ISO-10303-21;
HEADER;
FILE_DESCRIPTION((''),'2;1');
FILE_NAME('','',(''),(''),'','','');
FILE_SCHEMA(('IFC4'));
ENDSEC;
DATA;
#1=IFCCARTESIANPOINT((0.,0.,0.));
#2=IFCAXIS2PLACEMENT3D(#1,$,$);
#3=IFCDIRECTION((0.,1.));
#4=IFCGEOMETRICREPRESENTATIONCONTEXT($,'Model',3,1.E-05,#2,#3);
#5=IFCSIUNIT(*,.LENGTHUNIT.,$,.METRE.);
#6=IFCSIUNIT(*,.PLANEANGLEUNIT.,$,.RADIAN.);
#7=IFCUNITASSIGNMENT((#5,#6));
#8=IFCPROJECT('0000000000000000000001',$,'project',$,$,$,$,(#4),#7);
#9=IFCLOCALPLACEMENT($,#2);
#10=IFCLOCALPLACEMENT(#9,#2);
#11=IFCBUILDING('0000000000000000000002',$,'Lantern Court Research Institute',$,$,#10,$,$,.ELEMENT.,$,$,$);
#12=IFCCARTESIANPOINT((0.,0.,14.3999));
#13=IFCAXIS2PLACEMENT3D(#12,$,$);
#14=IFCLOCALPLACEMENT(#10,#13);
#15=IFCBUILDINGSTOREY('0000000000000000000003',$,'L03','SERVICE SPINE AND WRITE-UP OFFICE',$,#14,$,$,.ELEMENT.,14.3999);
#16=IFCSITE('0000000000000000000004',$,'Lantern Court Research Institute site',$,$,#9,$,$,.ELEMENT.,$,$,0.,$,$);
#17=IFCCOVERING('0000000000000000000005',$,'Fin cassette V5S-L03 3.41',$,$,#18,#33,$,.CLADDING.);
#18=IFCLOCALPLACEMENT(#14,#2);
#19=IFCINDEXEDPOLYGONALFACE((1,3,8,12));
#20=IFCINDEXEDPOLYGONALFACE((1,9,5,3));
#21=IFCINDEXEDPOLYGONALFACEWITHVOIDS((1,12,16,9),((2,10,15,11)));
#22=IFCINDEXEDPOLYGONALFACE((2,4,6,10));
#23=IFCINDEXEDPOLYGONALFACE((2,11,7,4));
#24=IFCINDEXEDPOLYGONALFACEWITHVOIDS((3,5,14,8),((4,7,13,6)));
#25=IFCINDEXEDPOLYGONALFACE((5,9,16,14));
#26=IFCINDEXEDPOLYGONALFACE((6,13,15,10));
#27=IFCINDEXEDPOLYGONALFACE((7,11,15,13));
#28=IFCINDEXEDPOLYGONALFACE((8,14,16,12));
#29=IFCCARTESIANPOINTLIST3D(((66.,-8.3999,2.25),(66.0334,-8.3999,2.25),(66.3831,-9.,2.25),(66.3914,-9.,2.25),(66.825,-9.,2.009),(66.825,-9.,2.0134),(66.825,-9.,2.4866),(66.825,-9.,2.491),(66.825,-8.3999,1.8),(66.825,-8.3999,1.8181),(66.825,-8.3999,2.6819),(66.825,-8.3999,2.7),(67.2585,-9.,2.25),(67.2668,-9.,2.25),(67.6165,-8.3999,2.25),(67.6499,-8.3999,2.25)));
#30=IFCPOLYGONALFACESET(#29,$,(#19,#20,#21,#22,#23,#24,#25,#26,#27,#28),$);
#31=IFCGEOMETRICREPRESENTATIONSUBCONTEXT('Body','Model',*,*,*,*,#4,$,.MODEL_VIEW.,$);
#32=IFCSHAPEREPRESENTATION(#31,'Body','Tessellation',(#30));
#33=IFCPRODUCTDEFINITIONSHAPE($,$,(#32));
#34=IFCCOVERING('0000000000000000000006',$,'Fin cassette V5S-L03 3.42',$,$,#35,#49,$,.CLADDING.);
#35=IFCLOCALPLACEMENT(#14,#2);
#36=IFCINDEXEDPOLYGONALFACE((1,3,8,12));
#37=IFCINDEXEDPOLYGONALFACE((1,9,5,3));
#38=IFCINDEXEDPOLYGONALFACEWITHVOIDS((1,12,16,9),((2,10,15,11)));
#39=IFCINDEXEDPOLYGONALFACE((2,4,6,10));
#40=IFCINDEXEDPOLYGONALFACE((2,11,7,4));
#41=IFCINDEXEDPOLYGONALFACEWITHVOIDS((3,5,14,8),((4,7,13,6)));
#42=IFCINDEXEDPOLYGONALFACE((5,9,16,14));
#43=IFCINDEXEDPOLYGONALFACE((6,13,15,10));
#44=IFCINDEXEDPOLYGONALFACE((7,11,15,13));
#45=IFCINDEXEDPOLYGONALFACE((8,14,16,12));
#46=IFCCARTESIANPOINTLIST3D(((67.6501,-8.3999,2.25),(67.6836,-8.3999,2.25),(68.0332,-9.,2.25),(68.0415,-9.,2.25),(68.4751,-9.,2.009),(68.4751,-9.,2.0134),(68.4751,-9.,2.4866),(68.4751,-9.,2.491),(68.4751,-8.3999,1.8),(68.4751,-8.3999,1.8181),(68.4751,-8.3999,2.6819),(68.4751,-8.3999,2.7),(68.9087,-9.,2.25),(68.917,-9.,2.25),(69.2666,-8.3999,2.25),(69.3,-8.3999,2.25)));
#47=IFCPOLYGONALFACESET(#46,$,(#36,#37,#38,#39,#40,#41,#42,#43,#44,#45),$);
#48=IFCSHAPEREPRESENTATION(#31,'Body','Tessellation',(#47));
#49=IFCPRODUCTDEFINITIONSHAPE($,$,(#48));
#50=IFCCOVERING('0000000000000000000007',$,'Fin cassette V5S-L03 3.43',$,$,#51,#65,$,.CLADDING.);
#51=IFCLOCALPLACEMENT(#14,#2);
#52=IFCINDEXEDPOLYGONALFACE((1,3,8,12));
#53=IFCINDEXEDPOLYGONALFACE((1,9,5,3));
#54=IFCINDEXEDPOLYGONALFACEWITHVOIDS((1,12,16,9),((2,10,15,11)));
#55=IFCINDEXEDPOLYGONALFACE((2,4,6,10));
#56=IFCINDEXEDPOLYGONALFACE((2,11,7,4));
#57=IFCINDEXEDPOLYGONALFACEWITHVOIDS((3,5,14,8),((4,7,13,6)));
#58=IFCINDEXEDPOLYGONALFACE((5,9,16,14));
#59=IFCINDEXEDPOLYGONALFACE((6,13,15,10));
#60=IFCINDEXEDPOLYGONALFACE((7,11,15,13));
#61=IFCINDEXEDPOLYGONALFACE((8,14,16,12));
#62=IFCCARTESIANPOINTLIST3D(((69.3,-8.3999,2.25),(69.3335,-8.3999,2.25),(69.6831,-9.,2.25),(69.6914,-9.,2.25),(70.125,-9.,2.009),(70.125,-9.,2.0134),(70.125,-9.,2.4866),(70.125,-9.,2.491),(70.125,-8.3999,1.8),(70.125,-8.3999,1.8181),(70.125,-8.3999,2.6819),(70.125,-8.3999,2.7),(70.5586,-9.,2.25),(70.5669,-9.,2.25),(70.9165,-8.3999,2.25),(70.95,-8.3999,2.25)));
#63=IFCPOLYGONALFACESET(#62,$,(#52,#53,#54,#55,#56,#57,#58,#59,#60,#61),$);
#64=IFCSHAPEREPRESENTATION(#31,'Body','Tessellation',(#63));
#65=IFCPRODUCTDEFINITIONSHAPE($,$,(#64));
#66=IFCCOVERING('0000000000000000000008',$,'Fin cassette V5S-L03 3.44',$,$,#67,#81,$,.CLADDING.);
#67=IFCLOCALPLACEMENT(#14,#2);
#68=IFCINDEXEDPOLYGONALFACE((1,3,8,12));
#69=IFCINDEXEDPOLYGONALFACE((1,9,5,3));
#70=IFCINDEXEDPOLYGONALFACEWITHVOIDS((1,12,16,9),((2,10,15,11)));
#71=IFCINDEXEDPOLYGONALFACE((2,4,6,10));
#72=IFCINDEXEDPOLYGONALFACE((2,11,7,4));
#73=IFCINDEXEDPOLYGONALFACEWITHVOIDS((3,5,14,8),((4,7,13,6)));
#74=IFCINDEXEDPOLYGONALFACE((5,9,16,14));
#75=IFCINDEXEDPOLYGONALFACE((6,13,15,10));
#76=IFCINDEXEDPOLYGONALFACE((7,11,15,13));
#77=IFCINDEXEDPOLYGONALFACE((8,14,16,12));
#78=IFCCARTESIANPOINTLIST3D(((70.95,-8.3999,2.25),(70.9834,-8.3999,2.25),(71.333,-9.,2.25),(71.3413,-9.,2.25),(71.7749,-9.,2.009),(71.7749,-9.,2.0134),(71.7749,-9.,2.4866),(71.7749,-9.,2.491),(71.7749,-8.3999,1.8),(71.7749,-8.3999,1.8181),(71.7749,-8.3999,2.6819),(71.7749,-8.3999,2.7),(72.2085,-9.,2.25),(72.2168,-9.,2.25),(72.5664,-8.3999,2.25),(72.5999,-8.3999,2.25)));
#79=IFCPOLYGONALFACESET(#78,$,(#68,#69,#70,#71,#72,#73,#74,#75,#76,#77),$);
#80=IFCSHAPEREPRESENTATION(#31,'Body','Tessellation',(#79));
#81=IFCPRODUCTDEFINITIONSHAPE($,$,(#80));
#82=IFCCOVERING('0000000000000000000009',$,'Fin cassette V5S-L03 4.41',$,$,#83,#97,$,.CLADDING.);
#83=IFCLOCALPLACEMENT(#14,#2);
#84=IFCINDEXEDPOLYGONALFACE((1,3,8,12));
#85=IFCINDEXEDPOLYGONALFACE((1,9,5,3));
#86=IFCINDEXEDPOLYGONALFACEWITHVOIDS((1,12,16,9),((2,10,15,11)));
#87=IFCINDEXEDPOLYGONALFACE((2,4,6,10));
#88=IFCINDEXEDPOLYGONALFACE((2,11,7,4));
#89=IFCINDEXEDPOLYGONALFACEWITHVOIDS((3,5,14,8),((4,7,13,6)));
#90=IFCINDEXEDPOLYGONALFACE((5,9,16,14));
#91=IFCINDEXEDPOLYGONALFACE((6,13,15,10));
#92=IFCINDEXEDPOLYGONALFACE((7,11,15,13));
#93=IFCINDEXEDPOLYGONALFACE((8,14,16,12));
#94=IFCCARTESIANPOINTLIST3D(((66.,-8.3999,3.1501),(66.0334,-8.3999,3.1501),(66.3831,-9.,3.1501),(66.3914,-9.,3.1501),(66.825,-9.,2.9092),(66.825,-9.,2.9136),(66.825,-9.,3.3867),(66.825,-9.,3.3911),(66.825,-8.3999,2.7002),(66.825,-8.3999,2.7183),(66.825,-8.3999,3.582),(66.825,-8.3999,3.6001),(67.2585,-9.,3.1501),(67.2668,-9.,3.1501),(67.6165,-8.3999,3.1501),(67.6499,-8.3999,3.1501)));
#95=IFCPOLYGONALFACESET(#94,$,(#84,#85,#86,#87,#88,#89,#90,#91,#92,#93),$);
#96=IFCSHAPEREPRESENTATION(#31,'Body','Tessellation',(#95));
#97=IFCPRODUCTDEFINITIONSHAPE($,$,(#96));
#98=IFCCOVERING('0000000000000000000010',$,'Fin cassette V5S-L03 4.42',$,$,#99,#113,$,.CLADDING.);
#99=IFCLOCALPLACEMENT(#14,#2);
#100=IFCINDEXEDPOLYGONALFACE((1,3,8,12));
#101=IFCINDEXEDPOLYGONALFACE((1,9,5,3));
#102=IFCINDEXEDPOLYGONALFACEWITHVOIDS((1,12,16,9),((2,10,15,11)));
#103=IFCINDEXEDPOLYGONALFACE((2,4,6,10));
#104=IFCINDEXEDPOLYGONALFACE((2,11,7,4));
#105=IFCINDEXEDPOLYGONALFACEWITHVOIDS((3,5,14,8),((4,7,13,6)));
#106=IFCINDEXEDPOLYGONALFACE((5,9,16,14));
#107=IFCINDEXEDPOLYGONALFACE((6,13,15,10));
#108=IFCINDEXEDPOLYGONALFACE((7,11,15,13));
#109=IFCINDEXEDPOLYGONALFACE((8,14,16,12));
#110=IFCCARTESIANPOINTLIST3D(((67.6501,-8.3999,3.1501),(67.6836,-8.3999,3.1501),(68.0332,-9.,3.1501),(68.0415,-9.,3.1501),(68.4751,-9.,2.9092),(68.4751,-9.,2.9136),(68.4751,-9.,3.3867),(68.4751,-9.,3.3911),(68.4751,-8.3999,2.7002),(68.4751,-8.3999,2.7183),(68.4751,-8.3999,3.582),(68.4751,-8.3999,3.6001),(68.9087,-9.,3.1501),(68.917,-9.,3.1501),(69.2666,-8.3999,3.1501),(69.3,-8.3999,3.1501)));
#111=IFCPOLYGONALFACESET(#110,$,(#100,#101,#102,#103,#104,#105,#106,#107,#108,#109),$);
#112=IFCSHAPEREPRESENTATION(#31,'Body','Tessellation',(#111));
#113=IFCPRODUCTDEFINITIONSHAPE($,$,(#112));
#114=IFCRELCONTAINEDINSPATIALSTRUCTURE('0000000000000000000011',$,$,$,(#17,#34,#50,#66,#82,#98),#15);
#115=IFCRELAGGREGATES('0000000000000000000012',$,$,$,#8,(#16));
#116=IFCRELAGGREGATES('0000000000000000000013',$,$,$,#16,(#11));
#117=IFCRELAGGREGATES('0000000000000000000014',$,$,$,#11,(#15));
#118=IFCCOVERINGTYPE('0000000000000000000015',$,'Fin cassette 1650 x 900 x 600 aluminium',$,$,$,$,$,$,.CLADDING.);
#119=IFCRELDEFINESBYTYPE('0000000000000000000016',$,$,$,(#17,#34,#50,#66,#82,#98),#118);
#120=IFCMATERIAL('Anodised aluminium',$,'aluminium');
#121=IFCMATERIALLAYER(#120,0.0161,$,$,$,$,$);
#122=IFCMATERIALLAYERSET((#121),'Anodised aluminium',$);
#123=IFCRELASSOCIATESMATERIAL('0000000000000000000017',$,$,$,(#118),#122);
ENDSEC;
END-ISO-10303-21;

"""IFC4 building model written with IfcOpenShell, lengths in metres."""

from ifc_helpers import new_model, entity, si_unit, direction, frame, origin, place, context, subcontext, project, spatial, material, layer, layer_set, type_object, element, save


model = new_model("IFC4")

# Units and contexts
model_context = context("Model", 3, precision=1e-05, world=origin(), true_north=direction((0.0, 1.0)))
body_context = subcontext(model_context, "Body", "Model", "MODEL_VIEW")
ifc_project = project(units=[si_unit("LENGTHUNIT", "METRE"), si_unit("PLANEANGLEUNIT", "RADIAN")], contexts=[model_context])

# Site, building, storey
site_placement = place(None, origin())
site = spatial("IfcSite", under=ifc_project, at=site_placement, Name="Lantern Court Research Institute site", CompositionType="ELEMENT", RefElevation=0.0)
building_placement = place(site_placement, origin())
building = spatial("IfcBuilding", under=site, at=building_placement, Name="Lantern Court Research Institute", CompositionType="ELEMENT")
storey_placement = place(building_placement, frame((0.0, 0.0, 14.3999)))
storey = spatial("IfcBuildingStorey", under=building, at=storey_placement, Name="L03", Description="SERVICE SPINE AND WRITE-UP OFFICE", CompositionType="ELEMENT", Elevation=14.3999)

# Coverings
ifc_material_1 = material(Name="Anodised aluminium", Category="aluminium")
ifc_layer_1 = layer(ifc_material_1, 0.0161)
ifc_layer_set_1 = layer_set([ifc_layer_1], Name="Anodised aluminium")
covering_type = type_object("IfcCoveringType", Name="Fin cassette 1650 x 900 x 600 aluminium", PredefinedType="CLADDING", material=ifc_layer_set_1)
covering_1_placement = place(storey_placement, frame((66.825, -8.3999, 2.25), z_axis=(0.0, -1.0, 0.0), x_axis=(1.0, 0.0, 0.0)))
cartesian_point_1 = entity("IfcCartesianPoint", [0.825, 0.0])
cartesian_point_2 = entity("IfcCartesianPoint", [0.7915, 0.0])
cartesian_point_3 = entity("IfcCartesianPoint", [0.4419, 0.0])
cartesian_point_4 = entity("IfcCartesianPoint", [0.4336, 0.0])
element("IfcCovering", 1, at=covering_1_placement, inside=storey, type_object=covering_type, Name="Fin cassette V5S-L03 3.41", PredefinedType="CLADDING", context=body_context, shape_type="SweptSolid", body=[
    entity("IfcExtrudedAreaSolidTapered", entity("IfcArbitraryProfileDefWithVoids", "AREA", None, entity("IfcPolyline", [cartesian_point_1, entity("IfcCartesianPoint", [0.0, 0.45]), entity("IfcCartesianPoint", [-0.825, 0.0]), entity("IfcCartesianPoint", [0.0, -0.45]), cartesian_point_1]), [entity("IfcPolyline", [cartesian_point_2, entity("IfcCartesianPoint", [0.0, 0.4319]), entity("IfcCartesianPoint", [-0.7915, 0.0]), entity("IfcCartesianPoint", [0.0, -0.4319]), cartesian_point_2])]), entity("IfcAxis2Placement3D", entity("IfcCartesianPoint", [0.0, 0.0, 0.0])), entity("IfcDirection", [0.0, 0.0, 1.0]), 0.6001, entity("IfcArbitraryProfileDefWithVoids", "AREA", None, entity("IfcPolyline", [cartesian_point_3, entity("IfcCartesianPoint", [0.0, 0.241]), entity("IfcCartesianPoint", [-0.4419, 0.0]), entity("IfcCartesianPoint", [0.0, -0.241]), cartesian_point_3]), [entity("IfcPolyline", [cartesian_point_4, entity("IfcCartesianPoint", [0.0, 0.2366]), entity("IfcCartesianPoint", [-0.4336, 0.0]), entity("IfcCartesianPoint", [0.0, -0.2366]), cartesian_point_4])])),
])
covering_2_placement = place(storey_placement, frame((68.4751, -8.3999, 2.25), z_axis=(0.0, -1.0, 0.0), x_axis=(1.0, 0.0, 0.0)))
cartesian_point_5 = entity("IfcCartesianPoint", [0.825, 0.0])
cartesian_point_6 = entity("IfcCartesianPoint", [0.7915, 0.0])
cartesian_point_7 = entity("IfcCartesianPoint", [0.4419, 0.0])
cartesian_point_8 = entity("IfcCartesianPoint", [0.4336, 0.0])
element("IfcCovering", 2, at=covering_2_placement, inside=storey, type_object=covering_type, Name="Fin cassette V5S-L03 3.42", PredefinedType="CLADDING", context=body_context, shape_type="SweptSolid", body=[
    entity("IfcExtrudedAreaSolidTapered", entity("IfcArbitraryProfileDefWithVoids", "AREA", None, entity("IfcPolyline", [cartesian_point_5, entity("IfcCartesianPoint", [0.0, 0.45]), entity("IfcCartesianPoint", [-0.825, 0.0]), entity("IfcCartesianPoint", [0.0, -0.45]), cartesian_point_5]), [entity("IfcPolyline", [cartesian_point_6, entity("IfcCartesianPoint", [0.0, 0.4319]), entity("IfcCartesianPoint", [-0.7915, 0.0]), entity("IfcCartesianPoint", [0.0, -0.4319]), cartesian_point_6])]), entity("IfcAxis2Placement3D", entity("IfcCartesianPoint", [0.0, 0.0, 0.0])), entity("IfcDirection", [0.0, 0.0, 1.0]), 0.6001, entity("IfcArbitraryProfileDefWithVoids", "AREA", None, entity("IfcPolyline", [cartesian_point_7, entity("IfcCartesianPoint", [0.0, 0.241]), entity("IfcCartesianPoint", [-0.4419, 0.0]), entity("IfcCartesianPoint", [0.0, -0.241]), cartesian_point_7]), [entity("IfcPolyline", [cartesian_point_8, entity("IfcCartesianPoint", [0.0, 0.2366]), entity("IfcCartesianPoint", [-0.4336, 0.0]), entity("IfcCartesianPoint", [0.0, -0.2366]), cartesian_point_8])])),
])
covering_3_placement = place(storey_placement, frame((70.125, -8.3999, 2.25), z_axis=(0.0, -1.0, 0.0), x_axis=(1.0, 0.0, 0.0)))
cartesian_point_9 = entity("IfcCartesianPoint", [0.825, 0.0])
cartesian_point_10 = entity("IfcCartesianPoint", [0.7915, 0.0])
cartesian_point_11 = entity("IfcCartesianPoint", [0.4419, 0.0])
cartesian_point_12 = entity("IfcCartesianPoint", [0.4336, 0.0])
element("IfcCovering", 3, at=covering_3_placement, inside=storey, type_object=covering_type, Name="Fin cassette V5S-L03 3.43", PredefinedType="CLADDING", context=body_context, shape_type="SweptSolid", body=[
    entity("IfcExtrudedAreaSolidTapered", entity("IfcArbitraryProfileDefWithVoids", "AREA", None, entity("IfcPolyline", [cartesian_point_9, entity("IfcCartesianPoint", [0.0, 0.45]), entity("IfcCartesianPoint", [-0.825, 0.0]), entity("IfcCartesianPoint", [0.0, -0.45]), cartesian_point_9]), [entity("IfcPolyline", [cartesian_point_10, entity("IfcCartesianPoint", [0.0, 0.4319]), entity("IfcCartesianPoint", [-0.7915, 0.0]), entity("IfcCartesianPoint", [0.0, -0.4319]), cartesian_point_10])]), entity("IfcAxis2Placement3D", entity("IfcCartesianPoint", [0.0, 0.0, 0.0])), entity("IfcDirection", [0.0, 0.0, 1.0]), 0.6001, entity("IfcArbitraryProfileDefWithVoids", "AREA", None, entity("IfcPolyline", [cartesian_point_11, entity("IfcCartesianPoint", [0.0, 0.241]), entity("IfcCartesianPoint", [-0.4419, 0.0]), entity("IfcCartesianPoint", [0.0, -0.241]), cartesian_point_11]), [entity("IfcPolyline", [cartesian_point_12, entity("IfcCartesianPoint", [0.0, 0.2366]), entity("IfcCartesianPoint", [-0.4336, 0.0]), entity("IfcCartesianPoint", [0.0, -0.2366]), cartesian_point_12])])),
])
covering_4_placement = place(storey_placement, frame((71.7749, -8.3999, 2.25), z_axis=(0.0, -1.0, 0.0), x_axis=(1.0, 0.0, 0.0)))
cartesian_point_13 = entity("IfcCartesianPoint", [0.825, 0.0])
cartesian_point_14 = entity("IfcCartesianPoint", [0.7915, 0.0])
cartesian_point_15 = entity("IfcCartesianPoint", [0.4419, 0.0])
cartesian_point_16 = entity("IfcCartesianPoint", [0.4336, 0.0])
element("IfcCovering", 4, at=covering_4_placement, inside=storey, type_object=covering_type, Name="Fin cassette V5S-L03 3.44", PredefinedType="CLADDING", context=body_context, shape_type="SweptSolid", body=[
    entity("IfcExtrudedAreaSolidTapered", entity("IfcArbitraryProfileDefWithVoids", "AREA", None, entity("IfcPolyline", [cartesian_point_13, entity("IfcCartesianPoint", [0.0, 0.45]), entity("IfcCartesianPoint", [-0.825, 0.0]), entity("IfcCartesianPoint", [0.0, -0.45]), cartesian_point_13]), [entity("IfcPolyline", [cartesian_point_14, entity("IfcCartesianPoint", [0.0, 0.4319]), entity("IfcCartesianPoint", [-0.7915, 0.0]), entity("IfcCartesianPoint", [0.0, -0.4319]), cartesian_point_14])]), entity("IfcAxis2Placement3D", entity("IfcCartesianPoint", [0.0, 0.0, 0.0])), entity("IfcDirection", [0.0, 0.0, 1.0]), 0.6001, entity("IfcArbitraryProfileDefWithVoids", "AREA", None, entity("IfcPolyline", [cartesian_point_15, entity("IfcCartesianPoint", [0.0, 0.241]), entity("IfcCartesianPoint", [-0.4419, 0.0]), entity("IfcCartesianPoint", [0.0, -0.241]), cartesian_point_15]), [entity("IfcPolyline", [cartesian_point_16, entity("IfcCartesianPoint", [0.0, 0.2366]), entity("IfcCartesianPoint", [-0.4336, 0.0]), entity("IfcCartesianPoint", [0.0, -0.2366]), cartesian_point_16])])),
])
covering_5_placement = place(storey_placement, frame((66.825, -8.3999, 3.1501), z_axis=(0.0, -1.0, 0.0), x_axis=(1.0, 0.0, 0.0)))
cartesian_point_17 = entity("IfcCartesianPoint", [0.825, 0.0])
cartesian_point_18 = entity("IfcCartesianPoint", [0.7915, 0.0])
cartesian_point_19 = entity("IfcCartesianPoint", [0.4419, 0.0])
cartesian_point_20 = entity("IfcCartesianPoint", [0.4336, 0.0])
element("IfcCovering", 5, at=covering_5_placement, inside=storey, type_object=covering_type, Name="Fin cassette V5S-L03 4.41", PredefinedType="CLADDING", context=body_context, shape_type="SweptSolid", body=[
    entity("IfcExtrudedAreaSolidTapered", entity("IfcArbitraryProfileDefWithVoids", "AREA", None, entity("IfcPolyline", [cartesian_point_17, entity("IfcCartesianPoint", [0.0, 0.45]), entity("IfcCartesianPoint", [-0.825, 0.0]), entity("IfcCartesianPoint", [0.0, -0.45]), cartesian_point_17]), [entity("IfcPolyline", [cartesian_point_18, entity("IfcCartesianPoint", [0.0, 0.4319]), entity("IfcCartesianPoint", [-0.7915, 0.0]), entity("IfcCartesianPoint", [0.0, -0.4319]), cartesian_point_18])]), entity("IfcAxis2Placement3D", entity("IfcCartesianPoint", [0.0, 0.0, 0.0])), entity("IfcDirection", [0.0, 0.0, 1.0]), 0.6001, entity("IfcArbitraryProfileDefWithVoids", "AREA", None, entity("IfcPolyline", [cartesian_point_19, entity("IfcCartesianPoint", [0.0, 0.241]), entity("IfcCartesianPoint", [-0.4419, 0.0]), entity("IfcCartesianPoint", [0.0, -0.241]), cartesian_point_19]), [entity("IfcPolyline", [cartesian_point_20, entity("IfcCartesianPoint", [0.0, 0.2366]), entity("IfcCartesianPoint", [-0.4336, 0.0]), entity("IfcCartesianPoint", [0.0, -0.2366]), cartesian_point_20])])),
])
covering_6_placement = place(storey_placement, frame((68.4751, -8.3999, 3.1501), z_axis=(0.0, -1.0, 0.0), x_axis=(1.0, 0.0, 0.0)))
cartesian_point_21 = entity("IfcCartesianPoint", [0.825, 0.0])
cartesian_point_22 = entity("IfcCartesianPoint", [0.7915, 0.0])
cartesian_point_23 = entity("IfcCartesianPoint", [0.4419, 0.0])
cartesian_point_24 = entity("IfcCartesianPoint", [0.4336, 0.0])
element("IfcCovering", 6, at=covering_6_placement, inside=storey, type_object=covering_type, Name="Fin cassette V5S-L03 4.42", PredefinedType="CLADDING", context=body_context, shape_type="SweptSolid", body=[
    entity("IfcExtrudedAreaSolidTapered", entity("IfcArbitraryProfileDefWithVoids", "AREA", None, entity("IfcPolyline", [cartesian_point_21, entity("IfcCartesianPoint", [0.0, 0.45]), entity("IfcCartesianPoint", [-0.825, 0.0]), entity("IfcCartesianPoint", [0.0, -0.45]), cartesian_point_21]), [entity("IfcPolyline", [cartesian_point_22, entity("IfcCartesianPoint", [0.0, 0.4319]), entity("IfcCartesianPoint", [-0.7915, 0.0]), entity("IfcCartesianPoint", [0.0, -0.4319]), cartesian_point_22])]), entity("IfcAxis2Placement3D", entity("IfcCartesianPoint", [0.0, 0.0, 0.0])), entity("IfcDirection", [0.0, 0.0, 1.0]), 0.6001, entity("IfcArbitraryProfileDefWithVoids", "AREA", None, entity("IfcPolyline", [cartesian_point_23, entity("IfcCartesianPoint", [0.0, 0.241]), entity("IfcCartesianPoint", [-0.4419, 0.0]), entity("IfcCartesianPoint", [0.0, -0.241]), cartesian_point_23]), [entity("IfcPolyline", [cartesian_point_24, entity("IfcCartesianPoint", [0.0, 0.2366]), entity("IfcCartesianPoint", [-0.4336, 0.0]), entity("IfcCartesianPoint", [0.0, -0.2366]), cartesian_point_24])])),
])

save(model, "model.ifc")
